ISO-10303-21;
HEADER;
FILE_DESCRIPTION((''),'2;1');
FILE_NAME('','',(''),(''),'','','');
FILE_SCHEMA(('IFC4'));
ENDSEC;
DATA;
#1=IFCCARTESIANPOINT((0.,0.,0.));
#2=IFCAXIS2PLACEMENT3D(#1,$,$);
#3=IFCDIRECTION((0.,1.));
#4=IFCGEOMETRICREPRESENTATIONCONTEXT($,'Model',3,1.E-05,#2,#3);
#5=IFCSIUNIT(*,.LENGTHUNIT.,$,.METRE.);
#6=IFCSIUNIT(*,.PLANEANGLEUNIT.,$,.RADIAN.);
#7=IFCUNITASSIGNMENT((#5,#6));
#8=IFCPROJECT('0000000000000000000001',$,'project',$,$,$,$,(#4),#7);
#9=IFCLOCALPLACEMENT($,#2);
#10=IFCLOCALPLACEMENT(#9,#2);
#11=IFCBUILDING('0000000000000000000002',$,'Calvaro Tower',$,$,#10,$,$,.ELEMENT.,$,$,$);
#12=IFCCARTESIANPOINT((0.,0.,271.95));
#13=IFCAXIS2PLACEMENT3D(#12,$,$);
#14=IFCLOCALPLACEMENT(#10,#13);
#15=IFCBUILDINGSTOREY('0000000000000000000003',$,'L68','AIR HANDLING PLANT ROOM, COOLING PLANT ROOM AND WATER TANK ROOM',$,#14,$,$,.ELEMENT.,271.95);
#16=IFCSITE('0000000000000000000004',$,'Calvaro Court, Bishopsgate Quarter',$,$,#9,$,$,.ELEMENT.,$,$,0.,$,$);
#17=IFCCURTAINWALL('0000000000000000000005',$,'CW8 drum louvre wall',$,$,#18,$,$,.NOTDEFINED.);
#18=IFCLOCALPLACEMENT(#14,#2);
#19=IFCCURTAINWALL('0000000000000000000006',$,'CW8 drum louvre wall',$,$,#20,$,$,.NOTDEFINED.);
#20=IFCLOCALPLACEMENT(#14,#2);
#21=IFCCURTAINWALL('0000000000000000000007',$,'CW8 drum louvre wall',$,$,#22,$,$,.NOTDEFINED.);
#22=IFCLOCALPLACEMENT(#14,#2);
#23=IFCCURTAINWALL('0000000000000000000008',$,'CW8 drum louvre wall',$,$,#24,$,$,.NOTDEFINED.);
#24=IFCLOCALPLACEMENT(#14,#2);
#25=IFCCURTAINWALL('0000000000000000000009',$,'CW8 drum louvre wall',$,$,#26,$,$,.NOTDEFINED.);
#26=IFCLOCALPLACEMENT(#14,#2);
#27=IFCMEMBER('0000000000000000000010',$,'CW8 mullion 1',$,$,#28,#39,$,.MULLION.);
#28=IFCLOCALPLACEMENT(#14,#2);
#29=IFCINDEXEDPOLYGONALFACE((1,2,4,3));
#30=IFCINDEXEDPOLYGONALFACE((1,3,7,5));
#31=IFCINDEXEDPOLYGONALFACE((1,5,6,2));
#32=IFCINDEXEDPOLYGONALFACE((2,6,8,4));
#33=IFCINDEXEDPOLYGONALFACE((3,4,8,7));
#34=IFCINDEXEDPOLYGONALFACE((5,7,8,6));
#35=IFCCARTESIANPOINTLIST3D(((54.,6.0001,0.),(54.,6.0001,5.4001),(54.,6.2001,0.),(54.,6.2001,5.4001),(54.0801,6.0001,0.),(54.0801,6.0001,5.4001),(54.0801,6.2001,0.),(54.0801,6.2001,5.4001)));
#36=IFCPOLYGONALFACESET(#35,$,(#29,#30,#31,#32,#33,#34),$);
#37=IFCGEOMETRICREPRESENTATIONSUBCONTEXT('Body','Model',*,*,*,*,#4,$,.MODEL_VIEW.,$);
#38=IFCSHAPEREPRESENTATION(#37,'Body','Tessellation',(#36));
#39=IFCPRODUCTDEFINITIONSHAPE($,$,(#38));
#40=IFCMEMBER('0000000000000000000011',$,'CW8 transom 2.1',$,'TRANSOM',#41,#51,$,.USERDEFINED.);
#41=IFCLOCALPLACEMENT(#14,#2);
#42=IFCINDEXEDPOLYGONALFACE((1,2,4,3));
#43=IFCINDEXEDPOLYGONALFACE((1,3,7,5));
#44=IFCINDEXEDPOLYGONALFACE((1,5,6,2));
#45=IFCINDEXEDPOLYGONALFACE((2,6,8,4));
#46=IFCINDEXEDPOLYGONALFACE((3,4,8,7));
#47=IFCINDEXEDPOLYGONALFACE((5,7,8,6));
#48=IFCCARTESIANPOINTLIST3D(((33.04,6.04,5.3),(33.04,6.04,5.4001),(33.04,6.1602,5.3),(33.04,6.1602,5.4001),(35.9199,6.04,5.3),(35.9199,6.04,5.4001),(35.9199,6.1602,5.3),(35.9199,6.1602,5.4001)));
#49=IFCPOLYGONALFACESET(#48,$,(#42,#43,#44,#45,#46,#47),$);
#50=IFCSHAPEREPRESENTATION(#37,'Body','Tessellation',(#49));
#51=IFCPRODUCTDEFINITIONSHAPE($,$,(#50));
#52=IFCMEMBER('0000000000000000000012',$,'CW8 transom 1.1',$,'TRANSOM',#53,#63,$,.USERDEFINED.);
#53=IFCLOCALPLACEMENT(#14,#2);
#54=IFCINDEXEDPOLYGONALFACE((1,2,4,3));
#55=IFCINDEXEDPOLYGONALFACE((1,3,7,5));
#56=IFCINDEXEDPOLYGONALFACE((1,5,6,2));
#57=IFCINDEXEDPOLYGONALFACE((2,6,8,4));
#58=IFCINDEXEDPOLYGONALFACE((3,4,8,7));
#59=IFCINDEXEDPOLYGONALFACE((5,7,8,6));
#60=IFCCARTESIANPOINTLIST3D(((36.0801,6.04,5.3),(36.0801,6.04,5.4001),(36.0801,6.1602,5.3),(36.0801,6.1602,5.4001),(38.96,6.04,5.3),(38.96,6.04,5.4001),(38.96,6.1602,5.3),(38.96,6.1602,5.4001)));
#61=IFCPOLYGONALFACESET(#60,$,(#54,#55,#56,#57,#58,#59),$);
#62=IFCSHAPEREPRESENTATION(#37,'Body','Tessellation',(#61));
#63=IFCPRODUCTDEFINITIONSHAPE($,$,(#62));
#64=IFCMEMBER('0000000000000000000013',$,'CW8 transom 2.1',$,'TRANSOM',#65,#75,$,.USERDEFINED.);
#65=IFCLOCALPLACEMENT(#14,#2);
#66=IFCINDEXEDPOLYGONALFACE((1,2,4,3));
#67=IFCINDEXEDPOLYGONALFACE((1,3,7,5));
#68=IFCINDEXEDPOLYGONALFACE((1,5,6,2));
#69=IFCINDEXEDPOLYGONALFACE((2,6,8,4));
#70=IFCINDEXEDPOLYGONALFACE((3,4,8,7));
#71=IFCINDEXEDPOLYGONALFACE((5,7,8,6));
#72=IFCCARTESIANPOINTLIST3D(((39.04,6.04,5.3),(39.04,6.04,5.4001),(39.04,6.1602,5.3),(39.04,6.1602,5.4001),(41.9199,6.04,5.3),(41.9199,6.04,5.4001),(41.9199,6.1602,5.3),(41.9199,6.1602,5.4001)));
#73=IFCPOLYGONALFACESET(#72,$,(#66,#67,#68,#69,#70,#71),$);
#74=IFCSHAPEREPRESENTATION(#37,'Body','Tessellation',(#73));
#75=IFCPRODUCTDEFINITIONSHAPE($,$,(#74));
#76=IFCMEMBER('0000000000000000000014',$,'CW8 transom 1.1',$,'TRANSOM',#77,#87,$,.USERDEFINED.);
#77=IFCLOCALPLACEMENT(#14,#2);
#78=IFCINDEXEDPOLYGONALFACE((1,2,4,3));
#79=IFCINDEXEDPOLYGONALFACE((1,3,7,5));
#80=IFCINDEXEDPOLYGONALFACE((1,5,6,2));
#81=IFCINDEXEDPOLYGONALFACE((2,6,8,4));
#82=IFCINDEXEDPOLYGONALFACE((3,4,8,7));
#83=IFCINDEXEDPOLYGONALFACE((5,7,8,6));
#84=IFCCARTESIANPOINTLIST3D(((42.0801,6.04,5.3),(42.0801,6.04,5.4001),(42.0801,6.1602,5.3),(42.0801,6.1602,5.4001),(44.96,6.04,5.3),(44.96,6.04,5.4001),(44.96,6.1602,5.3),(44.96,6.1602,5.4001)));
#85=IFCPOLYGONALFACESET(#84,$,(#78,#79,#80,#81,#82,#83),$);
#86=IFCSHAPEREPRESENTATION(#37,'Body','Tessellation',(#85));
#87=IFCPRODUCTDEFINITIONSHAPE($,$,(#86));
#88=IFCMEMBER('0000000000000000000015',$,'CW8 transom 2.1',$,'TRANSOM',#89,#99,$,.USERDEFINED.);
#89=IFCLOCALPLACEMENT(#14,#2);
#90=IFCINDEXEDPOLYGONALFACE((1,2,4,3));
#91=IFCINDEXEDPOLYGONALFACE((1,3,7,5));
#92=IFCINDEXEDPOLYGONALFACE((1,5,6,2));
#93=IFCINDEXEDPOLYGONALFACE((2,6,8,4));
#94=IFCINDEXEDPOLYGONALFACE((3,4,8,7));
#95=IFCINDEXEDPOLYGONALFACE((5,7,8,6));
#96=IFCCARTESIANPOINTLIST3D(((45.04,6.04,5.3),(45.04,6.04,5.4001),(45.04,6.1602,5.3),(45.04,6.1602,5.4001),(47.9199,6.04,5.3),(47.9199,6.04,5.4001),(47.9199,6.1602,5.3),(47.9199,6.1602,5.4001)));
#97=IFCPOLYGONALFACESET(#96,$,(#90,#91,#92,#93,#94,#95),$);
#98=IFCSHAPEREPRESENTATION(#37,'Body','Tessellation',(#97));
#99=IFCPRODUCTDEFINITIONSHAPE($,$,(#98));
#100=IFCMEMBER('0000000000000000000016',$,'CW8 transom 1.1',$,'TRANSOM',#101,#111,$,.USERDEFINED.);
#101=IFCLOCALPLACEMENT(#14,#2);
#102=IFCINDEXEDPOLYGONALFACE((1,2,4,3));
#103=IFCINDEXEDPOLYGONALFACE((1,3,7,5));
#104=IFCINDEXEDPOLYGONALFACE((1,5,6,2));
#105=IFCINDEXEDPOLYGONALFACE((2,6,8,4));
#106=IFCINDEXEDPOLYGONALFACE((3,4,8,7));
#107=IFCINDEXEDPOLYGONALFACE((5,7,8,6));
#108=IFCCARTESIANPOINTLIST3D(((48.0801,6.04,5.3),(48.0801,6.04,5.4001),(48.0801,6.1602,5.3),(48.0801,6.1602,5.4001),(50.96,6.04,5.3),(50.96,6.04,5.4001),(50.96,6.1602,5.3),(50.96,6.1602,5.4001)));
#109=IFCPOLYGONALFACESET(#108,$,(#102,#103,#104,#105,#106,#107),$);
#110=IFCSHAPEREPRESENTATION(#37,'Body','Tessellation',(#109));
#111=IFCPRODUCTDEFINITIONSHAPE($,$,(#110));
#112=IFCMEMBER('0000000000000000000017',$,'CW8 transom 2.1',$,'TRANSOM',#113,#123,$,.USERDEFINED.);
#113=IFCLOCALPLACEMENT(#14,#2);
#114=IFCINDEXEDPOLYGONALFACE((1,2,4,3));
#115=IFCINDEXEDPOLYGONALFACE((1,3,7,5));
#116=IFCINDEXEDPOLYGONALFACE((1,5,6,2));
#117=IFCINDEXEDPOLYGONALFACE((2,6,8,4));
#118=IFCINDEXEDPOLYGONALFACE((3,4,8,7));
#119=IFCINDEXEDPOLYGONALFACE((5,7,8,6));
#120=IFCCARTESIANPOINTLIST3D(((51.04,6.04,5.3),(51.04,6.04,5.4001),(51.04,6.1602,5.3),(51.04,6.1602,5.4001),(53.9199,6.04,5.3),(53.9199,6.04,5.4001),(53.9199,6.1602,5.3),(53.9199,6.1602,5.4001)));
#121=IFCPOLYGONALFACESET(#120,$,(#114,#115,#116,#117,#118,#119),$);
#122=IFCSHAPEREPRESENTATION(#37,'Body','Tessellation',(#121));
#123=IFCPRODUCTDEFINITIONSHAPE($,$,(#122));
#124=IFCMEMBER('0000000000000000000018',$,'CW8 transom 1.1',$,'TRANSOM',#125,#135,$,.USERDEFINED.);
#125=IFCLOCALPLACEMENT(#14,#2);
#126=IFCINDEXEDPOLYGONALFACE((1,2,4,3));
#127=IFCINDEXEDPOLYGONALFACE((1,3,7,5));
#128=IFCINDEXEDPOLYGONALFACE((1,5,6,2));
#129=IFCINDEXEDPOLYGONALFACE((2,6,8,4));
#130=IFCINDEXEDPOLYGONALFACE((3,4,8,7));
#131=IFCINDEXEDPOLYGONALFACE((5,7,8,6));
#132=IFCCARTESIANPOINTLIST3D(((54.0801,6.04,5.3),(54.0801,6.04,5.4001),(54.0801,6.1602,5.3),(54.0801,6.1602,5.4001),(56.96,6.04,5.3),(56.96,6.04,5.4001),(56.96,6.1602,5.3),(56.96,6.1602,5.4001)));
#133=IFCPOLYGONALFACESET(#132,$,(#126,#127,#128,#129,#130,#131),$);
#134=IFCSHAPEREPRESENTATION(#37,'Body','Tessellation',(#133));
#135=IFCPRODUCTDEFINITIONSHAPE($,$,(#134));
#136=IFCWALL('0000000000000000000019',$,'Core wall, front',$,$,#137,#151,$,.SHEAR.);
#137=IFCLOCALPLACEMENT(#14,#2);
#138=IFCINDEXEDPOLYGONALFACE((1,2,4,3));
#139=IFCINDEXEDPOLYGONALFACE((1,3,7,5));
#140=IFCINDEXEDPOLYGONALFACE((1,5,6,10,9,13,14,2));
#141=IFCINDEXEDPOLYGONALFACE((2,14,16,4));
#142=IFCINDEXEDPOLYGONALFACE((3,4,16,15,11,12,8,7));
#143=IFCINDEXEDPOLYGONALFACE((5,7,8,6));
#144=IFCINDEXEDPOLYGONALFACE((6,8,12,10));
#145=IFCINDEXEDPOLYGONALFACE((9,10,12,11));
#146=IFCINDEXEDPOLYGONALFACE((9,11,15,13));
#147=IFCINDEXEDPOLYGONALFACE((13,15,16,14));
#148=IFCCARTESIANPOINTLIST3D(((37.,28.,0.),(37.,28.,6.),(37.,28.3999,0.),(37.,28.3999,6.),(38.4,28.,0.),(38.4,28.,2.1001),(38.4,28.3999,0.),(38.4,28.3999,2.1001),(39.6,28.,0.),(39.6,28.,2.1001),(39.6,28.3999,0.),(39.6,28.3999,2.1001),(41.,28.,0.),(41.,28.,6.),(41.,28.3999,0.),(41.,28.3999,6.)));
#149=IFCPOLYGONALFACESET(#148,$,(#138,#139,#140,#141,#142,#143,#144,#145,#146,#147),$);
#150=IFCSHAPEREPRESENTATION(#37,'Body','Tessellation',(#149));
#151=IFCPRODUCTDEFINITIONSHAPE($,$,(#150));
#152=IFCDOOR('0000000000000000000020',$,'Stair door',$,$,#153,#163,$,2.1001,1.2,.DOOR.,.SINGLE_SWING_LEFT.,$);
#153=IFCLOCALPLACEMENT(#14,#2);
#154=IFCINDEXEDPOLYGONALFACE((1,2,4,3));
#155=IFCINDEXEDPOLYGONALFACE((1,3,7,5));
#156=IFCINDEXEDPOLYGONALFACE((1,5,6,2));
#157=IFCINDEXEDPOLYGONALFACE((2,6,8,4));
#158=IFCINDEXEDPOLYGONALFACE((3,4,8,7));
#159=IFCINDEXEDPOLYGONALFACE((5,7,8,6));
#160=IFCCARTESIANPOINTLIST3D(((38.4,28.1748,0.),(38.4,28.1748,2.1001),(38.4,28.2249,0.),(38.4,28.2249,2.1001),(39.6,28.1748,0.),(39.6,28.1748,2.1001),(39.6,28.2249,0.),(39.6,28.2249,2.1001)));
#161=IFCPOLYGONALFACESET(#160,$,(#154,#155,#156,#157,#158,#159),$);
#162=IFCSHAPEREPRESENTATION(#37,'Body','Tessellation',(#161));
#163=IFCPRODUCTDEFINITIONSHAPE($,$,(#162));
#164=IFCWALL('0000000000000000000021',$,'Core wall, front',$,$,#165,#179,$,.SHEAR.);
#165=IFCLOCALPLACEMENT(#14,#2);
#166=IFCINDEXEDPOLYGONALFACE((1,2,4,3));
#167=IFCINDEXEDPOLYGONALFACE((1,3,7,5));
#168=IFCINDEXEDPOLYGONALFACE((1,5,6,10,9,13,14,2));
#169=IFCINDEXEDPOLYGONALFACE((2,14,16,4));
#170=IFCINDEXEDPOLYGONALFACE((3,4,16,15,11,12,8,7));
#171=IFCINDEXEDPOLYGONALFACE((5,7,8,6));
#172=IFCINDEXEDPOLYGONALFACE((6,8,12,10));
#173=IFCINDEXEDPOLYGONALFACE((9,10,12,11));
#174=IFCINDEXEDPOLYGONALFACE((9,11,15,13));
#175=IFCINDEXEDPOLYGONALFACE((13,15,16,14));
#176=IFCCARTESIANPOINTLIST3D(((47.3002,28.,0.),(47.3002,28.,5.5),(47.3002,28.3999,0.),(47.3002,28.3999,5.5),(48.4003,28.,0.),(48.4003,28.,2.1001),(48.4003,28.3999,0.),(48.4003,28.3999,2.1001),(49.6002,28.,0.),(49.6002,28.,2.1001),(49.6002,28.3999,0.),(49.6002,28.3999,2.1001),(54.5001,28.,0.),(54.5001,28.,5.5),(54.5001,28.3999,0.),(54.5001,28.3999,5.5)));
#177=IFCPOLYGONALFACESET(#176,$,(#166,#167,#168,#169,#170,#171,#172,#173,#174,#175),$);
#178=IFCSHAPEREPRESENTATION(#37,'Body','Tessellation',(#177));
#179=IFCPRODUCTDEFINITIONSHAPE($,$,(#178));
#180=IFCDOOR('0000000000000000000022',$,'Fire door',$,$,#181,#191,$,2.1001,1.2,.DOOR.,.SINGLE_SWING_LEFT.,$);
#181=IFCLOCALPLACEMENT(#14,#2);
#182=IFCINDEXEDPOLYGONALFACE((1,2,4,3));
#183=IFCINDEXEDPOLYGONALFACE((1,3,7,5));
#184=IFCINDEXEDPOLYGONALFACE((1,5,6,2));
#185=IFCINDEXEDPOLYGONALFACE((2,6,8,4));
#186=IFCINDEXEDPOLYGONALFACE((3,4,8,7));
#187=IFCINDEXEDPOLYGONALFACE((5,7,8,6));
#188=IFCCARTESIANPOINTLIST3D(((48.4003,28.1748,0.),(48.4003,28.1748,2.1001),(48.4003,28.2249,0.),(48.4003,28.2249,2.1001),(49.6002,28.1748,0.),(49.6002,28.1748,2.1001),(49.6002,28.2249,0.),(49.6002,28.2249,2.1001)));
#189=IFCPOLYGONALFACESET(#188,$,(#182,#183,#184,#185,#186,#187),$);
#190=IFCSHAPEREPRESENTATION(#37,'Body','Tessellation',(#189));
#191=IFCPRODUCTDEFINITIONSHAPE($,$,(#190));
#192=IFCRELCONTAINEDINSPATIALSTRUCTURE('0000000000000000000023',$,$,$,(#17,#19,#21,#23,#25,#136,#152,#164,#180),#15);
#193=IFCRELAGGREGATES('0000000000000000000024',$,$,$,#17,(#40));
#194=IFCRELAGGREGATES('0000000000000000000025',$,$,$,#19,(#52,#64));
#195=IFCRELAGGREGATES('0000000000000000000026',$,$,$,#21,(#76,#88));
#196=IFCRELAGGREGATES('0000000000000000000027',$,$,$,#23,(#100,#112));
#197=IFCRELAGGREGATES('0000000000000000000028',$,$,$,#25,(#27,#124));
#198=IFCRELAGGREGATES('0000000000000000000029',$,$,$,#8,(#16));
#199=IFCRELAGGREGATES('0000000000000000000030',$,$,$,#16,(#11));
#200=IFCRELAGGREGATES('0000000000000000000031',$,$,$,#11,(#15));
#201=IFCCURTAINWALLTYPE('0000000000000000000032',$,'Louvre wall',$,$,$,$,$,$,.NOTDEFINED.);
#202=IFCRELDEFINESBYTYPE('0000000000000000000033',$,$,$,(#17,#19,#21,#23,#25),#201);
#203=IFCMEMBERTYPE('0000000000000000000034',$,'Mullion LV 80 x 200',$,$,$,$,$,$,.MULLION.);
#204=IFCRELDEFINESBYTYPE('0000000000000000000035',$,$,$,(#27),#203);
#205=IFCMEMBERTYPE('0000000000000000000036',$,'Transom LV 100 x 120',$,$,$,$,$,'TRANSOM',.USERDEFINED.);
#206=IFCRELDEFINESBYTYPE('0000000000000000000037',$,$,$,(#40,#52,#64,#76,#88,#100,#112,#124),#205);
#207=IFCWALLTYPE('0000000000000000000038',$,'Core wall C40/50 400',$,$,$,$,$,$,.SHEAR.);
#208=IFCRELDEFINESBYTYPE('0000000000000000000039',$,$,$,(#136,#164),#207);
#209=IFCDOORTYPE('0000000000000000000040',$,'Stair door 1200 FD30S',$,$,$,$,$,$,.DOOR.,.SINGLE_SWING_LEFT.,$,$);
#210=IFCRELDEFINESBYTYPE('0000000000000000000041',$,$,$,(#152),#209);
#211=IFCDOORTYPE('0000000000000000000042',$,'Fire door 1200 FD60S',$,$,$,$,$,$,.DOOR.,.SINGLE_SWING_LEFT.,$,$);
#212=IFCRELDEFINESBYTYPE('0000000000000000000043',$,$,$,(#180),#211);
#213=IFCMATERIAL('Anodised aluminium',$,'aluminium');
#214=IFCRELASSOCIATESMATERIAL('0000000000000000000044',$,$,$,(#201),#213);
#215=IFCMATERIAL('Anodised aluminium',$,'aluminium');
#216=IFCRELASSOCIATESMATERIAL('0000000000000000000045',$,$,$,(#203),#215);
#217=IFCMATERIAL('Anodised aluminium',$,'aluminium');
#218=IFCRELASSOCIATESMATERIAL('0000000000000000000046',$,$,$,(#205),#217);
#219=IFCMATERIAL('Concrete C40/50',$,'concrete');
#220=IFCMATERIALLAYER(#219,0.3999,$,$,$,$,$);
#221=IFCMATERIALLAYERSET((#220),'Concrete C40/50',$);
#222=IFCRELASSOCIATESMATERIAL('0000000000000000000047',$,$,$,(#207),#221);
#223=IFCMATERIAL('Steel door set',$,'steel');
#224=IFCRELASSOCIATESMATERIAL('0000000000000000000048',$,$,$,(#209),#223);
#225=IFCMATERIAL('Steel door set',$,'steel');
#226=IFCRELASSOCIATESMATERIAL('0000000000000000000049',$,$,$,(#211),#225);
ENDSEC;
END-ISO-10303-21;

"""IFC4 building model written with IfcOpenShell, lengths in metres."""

from ifc_helpers import new_model, si_unit, direction, frame, frame_2d, origin, origin_2d, place, context, subcontext, project, spatial, rectangle, extrude, material, layer, layer_set, material_profile, profile_set, type_object, element, fill, aggregate, save


model = new_model("IFC4")

# Units and contexts
model_context = context("Model", 3, precision=1e-05, world=origin(), true_north=direction((0.0, 1.0)))
body_context = subcontext(model_context, "Body", "Model", "MODEL_VIEW")
ifc_project = project(units=[si_unit("LENGTHUNIT", "METRE"), si_unit("PLANEANGLEUNIT", "RADIAN")], contexts=[model_context])

# Site, building, storey
site_placement = place(None, origin())
site = spatial("IfcSite", under=ifc_project, at=site_placement, Name="Calvaro Court, Bishopsgate Quarter", CompositionType="ELEMENT", RefElevation=0.0)
building_placement = place(site_placement, origin())
building = spatial("IfcBuilding", under=site, at=building_placement, Name="Calvaro Tower", CompositionType="ELEMENT")
storey_placement = place(building_placement, frame((0.0, 0.0, 271.95)))
storey = spatial("IfcBuildingStorey", under=building, at=storey_placement, Name="L68", Description="AIR HANDLING PLANT ROOM, COOLING PLANT ROOM AND WATER TANK ROOM", CompositionType="ELEMENT", Elevation=271.95)

# Curtain wall
ifc_material_1 = material(Name="Anodised aluminium", Category="aluminium")
curtain_wall_type = type_object("IfcCurtainWallType", Name="Louvre wall", PredefinedType="NOTDEFINED", material=ifc_material_1)
curtain_wall_1_placement = place(storey_placement, origin())
curtain_wall_1 = element("IfcCurtainWall", 1, at=curtain_wall_1_placement, inside=storey, type_object=curtain_wall_type, Name="CW8 drum louvre wall", PredefinedType="NOTDEFINED")
ifc_material_2 = material(Name="Anodised aluminium", Category="aluminium")
ifc_material_profile_1 = material_profile(ifc_material_2, rectangle(XDim=0.2, YDim=0.0801, at=origin_2d()), Name="Mullion LV 80 x 200")
ifc_profile_set_1 = profile_set([ifc_material_profile_1], Name="Anodised aluminium")
member_type_1 = type_object("IfcMemberType", Name="Mullion LV 80 x 200", PredefinedType="MULLION", material=ifc_profile_set_1)

# Curtain walls
curtain_wall_2_placement = place(storey_placement, origin())
curtain_wall_2 = element("IfcCurtainWall", 2, at=curtain_wall_2_placement, inside=storey, type_object=curtain_wall_type, Name="CW8 drum louvre wall", PredefinedType="NOTDEFINED")
curtain_wall_3_placement = place(storey_placement, origin())
curtain_wall_3 = element("IfcCurtainWall", 3, at=curtain_wall_3_placement, inside=storey, type_object=curtain_wall_type, Name="CW8 drum louvre wall", PredefinedType="NOTDEFINED")
curtain_wall_4_placement = place(storey_placement, origin())
curtain_wall_4 = element("IfcCurtainWall", 4, at=curtain_wall_4_placement, inside=storey, type_object=curtain_wall_type, Name="CW8 drum louvre wall", PredefinedType="NOTDEFINED")

# Curtain wall, member
curtain_wall_5_placement = place(storey_placement, origin())
curtain_wall_5 = element("IfcCurtainWall", 5, at=curtain_wall_5_placement, inside=storey, type_object=curtain_wall_type, Name="CW8 drum louvre wall", PredefinedType="NOTDEFINED")
member_1_placement = place(storey_placement, frame((54.04, 6.1001, 0.0), z_axis=(0.0, 0.0, 1.0), x_axis=(0.0, 1.0, 0.0)))
member_1 = element("IfcMember", 6, at=member_1_placement, type_object=member_type_1, Name="CW8 mullion 1", PredefinedType="MULLION", context=body_context, shape_type="SweptSolid", body=[
    extrude(rectangle(XDim=0.2, YDim=0.0801, at=origin_2d()), origin(), (0.0, 0.0, 1.0), 5.4001),
])

# Members
ifc_material_3 = material(Name="Anodised aluminium", Category="aluminium")
ifc_material_profile_2 = material_profile(ifc_material_3, rectangle(XDim=0.1201, YDim=0.1001, at=origin_2d()), Name="Transom LV 100 x 120")
ifc_profile_set_2 = profile_set([ifc_material_profile_2], Name="Anodised aluminium")
member_type_2 = type_object("IfcMemberType", Name="Transom LV 100 x 120", ElementType="TRANSOM", PredefinedType="USERDEFINED", material=ifc_profile_set_2)
member_2_placement = place(storey_placement, frame((33.04, 6.1001, 5.3501), z_axis=(1.0, 0.0, 0.0), x_axis=(0.0, 1.0, 0.0)))
member_2 = element("IfcMember", 7, at=member_2_placement, type_object=member_type_2, Name="CW8 transom 2.1", ObjectType="TRANSOM", PredefinedType="USERDEFINED", context=body_context, shape_type="SweptSolid", body=[
    extrude(rectangle(XDim=0.1201, YDim=0.1001, at=origin_2d()), origin(), (0.0, 0.0, 1.0), 2.8799),
])
member_3_placement = place(storey_placement, frame((36.0801, 6.1001, 5.3501), z_axis=(1.0, 0.0, 0.0), x_axis=(0.0, 1.0, 0.0)))
member_3 = element("IfcMember", 8, at=member_3_placement, type_object=member_type_2, Name="CW8 transom 1.1", ObjectType="TRANSOM", PredefinedType="USERDEFINED", context=body_context, shape_type="SweptSolid", body=[
    extrude(rectangle(XDim=0.1201, YDim=0.1001, at=origin_2d()), origin(), (0.0, 0.0, 1.0), 2.8799),
])
member_4_placement = place(storey_placement, frame((39.04, 6.1001, 5.3501), z_axis=(1.0, 0.0, 0.0), x_axis=(0.0, 1.0, 0.0)))
member_4 = element("IfcMember", 9, at=member_4_placement, type_object=member_type_2, Name="CW8 transom 2.1", ObjectType="TRANSOM", PredefinedType="USERDEFINED", context=body_context, shape_type="SweptSolid", body=[
    extrude(rectangle(XDim=0.1201, YDim=0.1001, at=origin_2d()), origin(), (0.0, 0.0, 1.0), 2.8799),
])
member_5_placement = place(storey_placement, frame((42.0801, 6.1001, 5.3501), z_axis=(1.0, 0.0, 0.0), x_axis=(0.0, 1.0, 0.0)))
member_5 = element("IfcMember", 10, at=member_5_placement, type_object=member_type_2, Name="CW8 transom 1.1", ObjectType="TRANSOM", PredefinedType="USERDEFINED", context=body_context, shape_type="SweptSolid", body=[
    extrude(rectangle(XDim=0.1201, YDim=0.1001, at=origin_2d()), origin(), (0.0, 0.0, 1.0), 2.8799),
])
member_6_placement = place(storey_placement, frame((45.04, 6.1001, 5.3501), z_axis=(1.0, 0.0, 0.0), x_axis=(0.0, 1.0, 0.0)))
member_6 = element("IfcMember", 11, at=member_6_placement, type_object=member_type_2, Name="CW8 transom 2.1", ObjectType="TRANSOM", PredefinedType="USERDEFINED", context=body_context, shape_type="SweptSolid", body=[
    extrude(rectangle(XDim=0.1201, YDim=0.1001, at=origin_2d()), origin(), (0.0, 0.0, 1.0), 2.8799),
])
member_7_placement = place(storey_placement, frame((48.0801, 6.1001, 5.3501), z_axis=(1.0, 0.0, 0.0), x_axis=(0.0, 1.0, 0.0)))
member_7 = element("IfcMember", 12, at=member_7_placement, type_object=member_type_2, Name="CW8 transom 1.1", ObjectType="TRANSOM", PredefinedType="USERDEFINED", context=body_context, shape_type="SweptSolid", body=[
    extrude(rectangle(XDim=0.1201, YDim=0.1001, at=origin_2d()), origin(), (0.0, 0.0, 1.0), 2.8799),
])
member_8_placement = place(storey_placement, frame((51.04, 6.1001, 5.3501), z_axis=(1.0, 0.0, 0.0), x_axis=(0.0, 1.0, 0.0)))
member_8 = element("IfcMember", 13, at=member_8_placement, type_object=member_type_2, Name="CW8 transom 2.1", ObjectType="TRANSOM", PredefinedType="USERDEFINED", context=body_context, shape_type="SweptSolid", body=[
    extrude(rectangle(XDim=0.1201, YDim=0.1001, at=origin_2d()), origin(), (0.0, 0.0, 1.0), 2.8799),
])
member_9_placement = place(storey_placement, frame((54.0801, 6.1001, 5.3501), z_axis=(1.0, 0.0, 0.0), x_axis=(0.0, 1.0, 0.0)))
member_9 = element("IfcMember", 14, at=member_9_placement, type_object=member_type_2, Name="CW8 transom 1.1", ObjectType="TRANSOM", PredefinedType="USERDEFINED", context=body_context, shape_type="SweptSolid", body=[
    extrude(rectangle(XDim=0.1201, YDim=0.1001, at=origin_2d()), origin(), (0.0, 0.0, 1.0), 2.8799),
])

# Walls, openings, doors
ifc_material_4 = material(Name="Concrete C40/50", Category="concrete")
ifc_layer_1 = layer(ifc_material_4, 0.3999)
ifc_layer_set_1 = layer_set([ifc_layer_1], Name="Concrete C40/50")
wall_type_1 = type_object("IfcWallType", Name="Core wall C40/50 400", PredefinedType="SHEAR", material=ifc_layer_set_1)
wall_1_placement = place(storey_placement, frame((37.0, 28.2, 0.0), z_axis=(0.0, 0.0, 1.0), x_axis=(1.0, 0.0, 0.0)))
wall_1 = element("IfcWall", 15, at=wall_1_placement, inside=storey, type_object=wall_type_1, Name="Core wall, front", PredefinedType="SHEAR", context=body_context, shape_type="SweptSolid", body=[
    extrude(rectangle(XDim=4.0, YDim=0.3999, at=frame_2d((2.0, 0.0))), origin(), (0.0, 0.0, 1.0), 6.0),
])
opening_1_placement = place(wall_1_placement, frame((1.3999, 0.0, 0.0)))
opening_1 = element("IfcOpeningElement", 16, at=opening_1_placement, cuts=wall_1, PredefinedType="OPENING", context=body_context, shape_type="SweptSolid", body=[
    extrude(rectangle(XDim=1.2, YDim=2.1001, at=frame_2d((0.6001, 1.05))), frame((0.0, 0.21, 0.0), z_axis=(0.0, -1.0, 0.0), x_axis=(1.0, 0.0, 0.0)), (0.0, 0.0, 1.0), 0.4199),
])
ifc_material_5 = material(Name="Steel door set", Category="steel")
door_type_1 = type_object("IfcDoorType", Name="Stair door 1200 FD30S", OperationType="SINGLE_SWING_LEFT", PredefinedType="DOOR", material=ifc_material_5)
door_1_placement = place(opening_1_placement, origin())
door_1 = element("IfcDoor", 17, at=door_1_placement, inside=storey, type_object=door_type_1, Name="Stair door", OperationType="SINGLE_SWING_LEFT", OverallHeight=2.1001, OverallWidth=1.2, PredefinedType="DOOR", context=body_context, shape_type="SweptSolid", body=[
    extrude(rectangle(XDim=1.2, YDim=2.1001, at=frame_2d((0.6001, 1.05))), frame((0.0, 0.0249, 0.0), z_axis=(0.0, -1.0, 0.0), x_axis=(1.0, 0.0, 0.0)), (0.0, 0.0, 1.0), 0.05),
])
fill(opening_1, door_1)
wall_2_placement = place(storey_placement, frame((47.3, 28.2, 0.0), z_axis=(0.0, 0.0, 1.0), x_axis=(1.0, 0.0, 0.0)))
wall_2 = element("IfcWall", 18, at=wall_2_placement, inside=storey, type_object=wall_type_1, Name="Core wall, front", PredefinedType="SHEAR", context=body_context, shape_type="SweptSolid", body=[
    extrude(rectangle(XDim=7.2, YDim=0.3999, at=frame_2d((3.6001, 0.0))), origin(), (0.0, 0.0, 1.0), 5.5),
])
opening_2_placement = place(wall_2_placement, frame((1.1001, 0.0, 0.0)))
opening_2 = element("IfcOpeningElement", 19, at=opening_2_placement, cuts=wall_2, PredefinedType="OPENING", context=body_context, shape_type="SweptSolid", body=[
    extrude(rectangle(XDim=1.2, YDim=2.1001, at=frame_2d((0.6001, 1.05))), frame((0.0, 0.21, 0.0), z_axis=(0.0, -1.0, 0.0), x_axis=(1.0, 0.0, 0.0)), (0.0, 0.0, 1.0), 0.4199),
])
ifc_material_6 = material(Name="Steel door set", Category="steel")
door_type_2 = type_object("IfcDoorType", Name="Fire door 1200 FD60S", OperationType="SINGLE_SWING_LEFT", PredefinedType="DOOR", material=ifc_material_6)
door_2_placement = place(opening_2_placement, origin())
door_2 = element("IfcDoor", 20, at=door_2_placement, inside=storey, type_object=door_type_2, Name="Fire door", OperationType="SINGLE_SWING_LEFT", OverallHeight=2.1001, OverallWidth=1.2, PredefinedType="DOOR", context=body_context, shape_type="SweptSolid", body=[
    extrude(rectangle(XDim=1.2, YDim=2.1001, at=frame_2d((0.6001, 1.05))), frame((0.0, 0.0249, 0.0), z_axis=(0.0, -1.0, 0.0), x_axis=(1.0, 0.0, 0.0)), (0.0, 0.0, 1.0), 0.05),
])
fill(opening_2, door_2)

aggregate(curtain_wall_1, [member_2])
aggregate(curtain_wall_2, [member_3, member_4])
aggregate(curtain_wall_3, [member_5, member_6])
aggregate(curtain_wall_4, [member_7, member_8])
aggregate(curtain_wall_5, [member_1, member_9])

save(model, "model.ifc")
